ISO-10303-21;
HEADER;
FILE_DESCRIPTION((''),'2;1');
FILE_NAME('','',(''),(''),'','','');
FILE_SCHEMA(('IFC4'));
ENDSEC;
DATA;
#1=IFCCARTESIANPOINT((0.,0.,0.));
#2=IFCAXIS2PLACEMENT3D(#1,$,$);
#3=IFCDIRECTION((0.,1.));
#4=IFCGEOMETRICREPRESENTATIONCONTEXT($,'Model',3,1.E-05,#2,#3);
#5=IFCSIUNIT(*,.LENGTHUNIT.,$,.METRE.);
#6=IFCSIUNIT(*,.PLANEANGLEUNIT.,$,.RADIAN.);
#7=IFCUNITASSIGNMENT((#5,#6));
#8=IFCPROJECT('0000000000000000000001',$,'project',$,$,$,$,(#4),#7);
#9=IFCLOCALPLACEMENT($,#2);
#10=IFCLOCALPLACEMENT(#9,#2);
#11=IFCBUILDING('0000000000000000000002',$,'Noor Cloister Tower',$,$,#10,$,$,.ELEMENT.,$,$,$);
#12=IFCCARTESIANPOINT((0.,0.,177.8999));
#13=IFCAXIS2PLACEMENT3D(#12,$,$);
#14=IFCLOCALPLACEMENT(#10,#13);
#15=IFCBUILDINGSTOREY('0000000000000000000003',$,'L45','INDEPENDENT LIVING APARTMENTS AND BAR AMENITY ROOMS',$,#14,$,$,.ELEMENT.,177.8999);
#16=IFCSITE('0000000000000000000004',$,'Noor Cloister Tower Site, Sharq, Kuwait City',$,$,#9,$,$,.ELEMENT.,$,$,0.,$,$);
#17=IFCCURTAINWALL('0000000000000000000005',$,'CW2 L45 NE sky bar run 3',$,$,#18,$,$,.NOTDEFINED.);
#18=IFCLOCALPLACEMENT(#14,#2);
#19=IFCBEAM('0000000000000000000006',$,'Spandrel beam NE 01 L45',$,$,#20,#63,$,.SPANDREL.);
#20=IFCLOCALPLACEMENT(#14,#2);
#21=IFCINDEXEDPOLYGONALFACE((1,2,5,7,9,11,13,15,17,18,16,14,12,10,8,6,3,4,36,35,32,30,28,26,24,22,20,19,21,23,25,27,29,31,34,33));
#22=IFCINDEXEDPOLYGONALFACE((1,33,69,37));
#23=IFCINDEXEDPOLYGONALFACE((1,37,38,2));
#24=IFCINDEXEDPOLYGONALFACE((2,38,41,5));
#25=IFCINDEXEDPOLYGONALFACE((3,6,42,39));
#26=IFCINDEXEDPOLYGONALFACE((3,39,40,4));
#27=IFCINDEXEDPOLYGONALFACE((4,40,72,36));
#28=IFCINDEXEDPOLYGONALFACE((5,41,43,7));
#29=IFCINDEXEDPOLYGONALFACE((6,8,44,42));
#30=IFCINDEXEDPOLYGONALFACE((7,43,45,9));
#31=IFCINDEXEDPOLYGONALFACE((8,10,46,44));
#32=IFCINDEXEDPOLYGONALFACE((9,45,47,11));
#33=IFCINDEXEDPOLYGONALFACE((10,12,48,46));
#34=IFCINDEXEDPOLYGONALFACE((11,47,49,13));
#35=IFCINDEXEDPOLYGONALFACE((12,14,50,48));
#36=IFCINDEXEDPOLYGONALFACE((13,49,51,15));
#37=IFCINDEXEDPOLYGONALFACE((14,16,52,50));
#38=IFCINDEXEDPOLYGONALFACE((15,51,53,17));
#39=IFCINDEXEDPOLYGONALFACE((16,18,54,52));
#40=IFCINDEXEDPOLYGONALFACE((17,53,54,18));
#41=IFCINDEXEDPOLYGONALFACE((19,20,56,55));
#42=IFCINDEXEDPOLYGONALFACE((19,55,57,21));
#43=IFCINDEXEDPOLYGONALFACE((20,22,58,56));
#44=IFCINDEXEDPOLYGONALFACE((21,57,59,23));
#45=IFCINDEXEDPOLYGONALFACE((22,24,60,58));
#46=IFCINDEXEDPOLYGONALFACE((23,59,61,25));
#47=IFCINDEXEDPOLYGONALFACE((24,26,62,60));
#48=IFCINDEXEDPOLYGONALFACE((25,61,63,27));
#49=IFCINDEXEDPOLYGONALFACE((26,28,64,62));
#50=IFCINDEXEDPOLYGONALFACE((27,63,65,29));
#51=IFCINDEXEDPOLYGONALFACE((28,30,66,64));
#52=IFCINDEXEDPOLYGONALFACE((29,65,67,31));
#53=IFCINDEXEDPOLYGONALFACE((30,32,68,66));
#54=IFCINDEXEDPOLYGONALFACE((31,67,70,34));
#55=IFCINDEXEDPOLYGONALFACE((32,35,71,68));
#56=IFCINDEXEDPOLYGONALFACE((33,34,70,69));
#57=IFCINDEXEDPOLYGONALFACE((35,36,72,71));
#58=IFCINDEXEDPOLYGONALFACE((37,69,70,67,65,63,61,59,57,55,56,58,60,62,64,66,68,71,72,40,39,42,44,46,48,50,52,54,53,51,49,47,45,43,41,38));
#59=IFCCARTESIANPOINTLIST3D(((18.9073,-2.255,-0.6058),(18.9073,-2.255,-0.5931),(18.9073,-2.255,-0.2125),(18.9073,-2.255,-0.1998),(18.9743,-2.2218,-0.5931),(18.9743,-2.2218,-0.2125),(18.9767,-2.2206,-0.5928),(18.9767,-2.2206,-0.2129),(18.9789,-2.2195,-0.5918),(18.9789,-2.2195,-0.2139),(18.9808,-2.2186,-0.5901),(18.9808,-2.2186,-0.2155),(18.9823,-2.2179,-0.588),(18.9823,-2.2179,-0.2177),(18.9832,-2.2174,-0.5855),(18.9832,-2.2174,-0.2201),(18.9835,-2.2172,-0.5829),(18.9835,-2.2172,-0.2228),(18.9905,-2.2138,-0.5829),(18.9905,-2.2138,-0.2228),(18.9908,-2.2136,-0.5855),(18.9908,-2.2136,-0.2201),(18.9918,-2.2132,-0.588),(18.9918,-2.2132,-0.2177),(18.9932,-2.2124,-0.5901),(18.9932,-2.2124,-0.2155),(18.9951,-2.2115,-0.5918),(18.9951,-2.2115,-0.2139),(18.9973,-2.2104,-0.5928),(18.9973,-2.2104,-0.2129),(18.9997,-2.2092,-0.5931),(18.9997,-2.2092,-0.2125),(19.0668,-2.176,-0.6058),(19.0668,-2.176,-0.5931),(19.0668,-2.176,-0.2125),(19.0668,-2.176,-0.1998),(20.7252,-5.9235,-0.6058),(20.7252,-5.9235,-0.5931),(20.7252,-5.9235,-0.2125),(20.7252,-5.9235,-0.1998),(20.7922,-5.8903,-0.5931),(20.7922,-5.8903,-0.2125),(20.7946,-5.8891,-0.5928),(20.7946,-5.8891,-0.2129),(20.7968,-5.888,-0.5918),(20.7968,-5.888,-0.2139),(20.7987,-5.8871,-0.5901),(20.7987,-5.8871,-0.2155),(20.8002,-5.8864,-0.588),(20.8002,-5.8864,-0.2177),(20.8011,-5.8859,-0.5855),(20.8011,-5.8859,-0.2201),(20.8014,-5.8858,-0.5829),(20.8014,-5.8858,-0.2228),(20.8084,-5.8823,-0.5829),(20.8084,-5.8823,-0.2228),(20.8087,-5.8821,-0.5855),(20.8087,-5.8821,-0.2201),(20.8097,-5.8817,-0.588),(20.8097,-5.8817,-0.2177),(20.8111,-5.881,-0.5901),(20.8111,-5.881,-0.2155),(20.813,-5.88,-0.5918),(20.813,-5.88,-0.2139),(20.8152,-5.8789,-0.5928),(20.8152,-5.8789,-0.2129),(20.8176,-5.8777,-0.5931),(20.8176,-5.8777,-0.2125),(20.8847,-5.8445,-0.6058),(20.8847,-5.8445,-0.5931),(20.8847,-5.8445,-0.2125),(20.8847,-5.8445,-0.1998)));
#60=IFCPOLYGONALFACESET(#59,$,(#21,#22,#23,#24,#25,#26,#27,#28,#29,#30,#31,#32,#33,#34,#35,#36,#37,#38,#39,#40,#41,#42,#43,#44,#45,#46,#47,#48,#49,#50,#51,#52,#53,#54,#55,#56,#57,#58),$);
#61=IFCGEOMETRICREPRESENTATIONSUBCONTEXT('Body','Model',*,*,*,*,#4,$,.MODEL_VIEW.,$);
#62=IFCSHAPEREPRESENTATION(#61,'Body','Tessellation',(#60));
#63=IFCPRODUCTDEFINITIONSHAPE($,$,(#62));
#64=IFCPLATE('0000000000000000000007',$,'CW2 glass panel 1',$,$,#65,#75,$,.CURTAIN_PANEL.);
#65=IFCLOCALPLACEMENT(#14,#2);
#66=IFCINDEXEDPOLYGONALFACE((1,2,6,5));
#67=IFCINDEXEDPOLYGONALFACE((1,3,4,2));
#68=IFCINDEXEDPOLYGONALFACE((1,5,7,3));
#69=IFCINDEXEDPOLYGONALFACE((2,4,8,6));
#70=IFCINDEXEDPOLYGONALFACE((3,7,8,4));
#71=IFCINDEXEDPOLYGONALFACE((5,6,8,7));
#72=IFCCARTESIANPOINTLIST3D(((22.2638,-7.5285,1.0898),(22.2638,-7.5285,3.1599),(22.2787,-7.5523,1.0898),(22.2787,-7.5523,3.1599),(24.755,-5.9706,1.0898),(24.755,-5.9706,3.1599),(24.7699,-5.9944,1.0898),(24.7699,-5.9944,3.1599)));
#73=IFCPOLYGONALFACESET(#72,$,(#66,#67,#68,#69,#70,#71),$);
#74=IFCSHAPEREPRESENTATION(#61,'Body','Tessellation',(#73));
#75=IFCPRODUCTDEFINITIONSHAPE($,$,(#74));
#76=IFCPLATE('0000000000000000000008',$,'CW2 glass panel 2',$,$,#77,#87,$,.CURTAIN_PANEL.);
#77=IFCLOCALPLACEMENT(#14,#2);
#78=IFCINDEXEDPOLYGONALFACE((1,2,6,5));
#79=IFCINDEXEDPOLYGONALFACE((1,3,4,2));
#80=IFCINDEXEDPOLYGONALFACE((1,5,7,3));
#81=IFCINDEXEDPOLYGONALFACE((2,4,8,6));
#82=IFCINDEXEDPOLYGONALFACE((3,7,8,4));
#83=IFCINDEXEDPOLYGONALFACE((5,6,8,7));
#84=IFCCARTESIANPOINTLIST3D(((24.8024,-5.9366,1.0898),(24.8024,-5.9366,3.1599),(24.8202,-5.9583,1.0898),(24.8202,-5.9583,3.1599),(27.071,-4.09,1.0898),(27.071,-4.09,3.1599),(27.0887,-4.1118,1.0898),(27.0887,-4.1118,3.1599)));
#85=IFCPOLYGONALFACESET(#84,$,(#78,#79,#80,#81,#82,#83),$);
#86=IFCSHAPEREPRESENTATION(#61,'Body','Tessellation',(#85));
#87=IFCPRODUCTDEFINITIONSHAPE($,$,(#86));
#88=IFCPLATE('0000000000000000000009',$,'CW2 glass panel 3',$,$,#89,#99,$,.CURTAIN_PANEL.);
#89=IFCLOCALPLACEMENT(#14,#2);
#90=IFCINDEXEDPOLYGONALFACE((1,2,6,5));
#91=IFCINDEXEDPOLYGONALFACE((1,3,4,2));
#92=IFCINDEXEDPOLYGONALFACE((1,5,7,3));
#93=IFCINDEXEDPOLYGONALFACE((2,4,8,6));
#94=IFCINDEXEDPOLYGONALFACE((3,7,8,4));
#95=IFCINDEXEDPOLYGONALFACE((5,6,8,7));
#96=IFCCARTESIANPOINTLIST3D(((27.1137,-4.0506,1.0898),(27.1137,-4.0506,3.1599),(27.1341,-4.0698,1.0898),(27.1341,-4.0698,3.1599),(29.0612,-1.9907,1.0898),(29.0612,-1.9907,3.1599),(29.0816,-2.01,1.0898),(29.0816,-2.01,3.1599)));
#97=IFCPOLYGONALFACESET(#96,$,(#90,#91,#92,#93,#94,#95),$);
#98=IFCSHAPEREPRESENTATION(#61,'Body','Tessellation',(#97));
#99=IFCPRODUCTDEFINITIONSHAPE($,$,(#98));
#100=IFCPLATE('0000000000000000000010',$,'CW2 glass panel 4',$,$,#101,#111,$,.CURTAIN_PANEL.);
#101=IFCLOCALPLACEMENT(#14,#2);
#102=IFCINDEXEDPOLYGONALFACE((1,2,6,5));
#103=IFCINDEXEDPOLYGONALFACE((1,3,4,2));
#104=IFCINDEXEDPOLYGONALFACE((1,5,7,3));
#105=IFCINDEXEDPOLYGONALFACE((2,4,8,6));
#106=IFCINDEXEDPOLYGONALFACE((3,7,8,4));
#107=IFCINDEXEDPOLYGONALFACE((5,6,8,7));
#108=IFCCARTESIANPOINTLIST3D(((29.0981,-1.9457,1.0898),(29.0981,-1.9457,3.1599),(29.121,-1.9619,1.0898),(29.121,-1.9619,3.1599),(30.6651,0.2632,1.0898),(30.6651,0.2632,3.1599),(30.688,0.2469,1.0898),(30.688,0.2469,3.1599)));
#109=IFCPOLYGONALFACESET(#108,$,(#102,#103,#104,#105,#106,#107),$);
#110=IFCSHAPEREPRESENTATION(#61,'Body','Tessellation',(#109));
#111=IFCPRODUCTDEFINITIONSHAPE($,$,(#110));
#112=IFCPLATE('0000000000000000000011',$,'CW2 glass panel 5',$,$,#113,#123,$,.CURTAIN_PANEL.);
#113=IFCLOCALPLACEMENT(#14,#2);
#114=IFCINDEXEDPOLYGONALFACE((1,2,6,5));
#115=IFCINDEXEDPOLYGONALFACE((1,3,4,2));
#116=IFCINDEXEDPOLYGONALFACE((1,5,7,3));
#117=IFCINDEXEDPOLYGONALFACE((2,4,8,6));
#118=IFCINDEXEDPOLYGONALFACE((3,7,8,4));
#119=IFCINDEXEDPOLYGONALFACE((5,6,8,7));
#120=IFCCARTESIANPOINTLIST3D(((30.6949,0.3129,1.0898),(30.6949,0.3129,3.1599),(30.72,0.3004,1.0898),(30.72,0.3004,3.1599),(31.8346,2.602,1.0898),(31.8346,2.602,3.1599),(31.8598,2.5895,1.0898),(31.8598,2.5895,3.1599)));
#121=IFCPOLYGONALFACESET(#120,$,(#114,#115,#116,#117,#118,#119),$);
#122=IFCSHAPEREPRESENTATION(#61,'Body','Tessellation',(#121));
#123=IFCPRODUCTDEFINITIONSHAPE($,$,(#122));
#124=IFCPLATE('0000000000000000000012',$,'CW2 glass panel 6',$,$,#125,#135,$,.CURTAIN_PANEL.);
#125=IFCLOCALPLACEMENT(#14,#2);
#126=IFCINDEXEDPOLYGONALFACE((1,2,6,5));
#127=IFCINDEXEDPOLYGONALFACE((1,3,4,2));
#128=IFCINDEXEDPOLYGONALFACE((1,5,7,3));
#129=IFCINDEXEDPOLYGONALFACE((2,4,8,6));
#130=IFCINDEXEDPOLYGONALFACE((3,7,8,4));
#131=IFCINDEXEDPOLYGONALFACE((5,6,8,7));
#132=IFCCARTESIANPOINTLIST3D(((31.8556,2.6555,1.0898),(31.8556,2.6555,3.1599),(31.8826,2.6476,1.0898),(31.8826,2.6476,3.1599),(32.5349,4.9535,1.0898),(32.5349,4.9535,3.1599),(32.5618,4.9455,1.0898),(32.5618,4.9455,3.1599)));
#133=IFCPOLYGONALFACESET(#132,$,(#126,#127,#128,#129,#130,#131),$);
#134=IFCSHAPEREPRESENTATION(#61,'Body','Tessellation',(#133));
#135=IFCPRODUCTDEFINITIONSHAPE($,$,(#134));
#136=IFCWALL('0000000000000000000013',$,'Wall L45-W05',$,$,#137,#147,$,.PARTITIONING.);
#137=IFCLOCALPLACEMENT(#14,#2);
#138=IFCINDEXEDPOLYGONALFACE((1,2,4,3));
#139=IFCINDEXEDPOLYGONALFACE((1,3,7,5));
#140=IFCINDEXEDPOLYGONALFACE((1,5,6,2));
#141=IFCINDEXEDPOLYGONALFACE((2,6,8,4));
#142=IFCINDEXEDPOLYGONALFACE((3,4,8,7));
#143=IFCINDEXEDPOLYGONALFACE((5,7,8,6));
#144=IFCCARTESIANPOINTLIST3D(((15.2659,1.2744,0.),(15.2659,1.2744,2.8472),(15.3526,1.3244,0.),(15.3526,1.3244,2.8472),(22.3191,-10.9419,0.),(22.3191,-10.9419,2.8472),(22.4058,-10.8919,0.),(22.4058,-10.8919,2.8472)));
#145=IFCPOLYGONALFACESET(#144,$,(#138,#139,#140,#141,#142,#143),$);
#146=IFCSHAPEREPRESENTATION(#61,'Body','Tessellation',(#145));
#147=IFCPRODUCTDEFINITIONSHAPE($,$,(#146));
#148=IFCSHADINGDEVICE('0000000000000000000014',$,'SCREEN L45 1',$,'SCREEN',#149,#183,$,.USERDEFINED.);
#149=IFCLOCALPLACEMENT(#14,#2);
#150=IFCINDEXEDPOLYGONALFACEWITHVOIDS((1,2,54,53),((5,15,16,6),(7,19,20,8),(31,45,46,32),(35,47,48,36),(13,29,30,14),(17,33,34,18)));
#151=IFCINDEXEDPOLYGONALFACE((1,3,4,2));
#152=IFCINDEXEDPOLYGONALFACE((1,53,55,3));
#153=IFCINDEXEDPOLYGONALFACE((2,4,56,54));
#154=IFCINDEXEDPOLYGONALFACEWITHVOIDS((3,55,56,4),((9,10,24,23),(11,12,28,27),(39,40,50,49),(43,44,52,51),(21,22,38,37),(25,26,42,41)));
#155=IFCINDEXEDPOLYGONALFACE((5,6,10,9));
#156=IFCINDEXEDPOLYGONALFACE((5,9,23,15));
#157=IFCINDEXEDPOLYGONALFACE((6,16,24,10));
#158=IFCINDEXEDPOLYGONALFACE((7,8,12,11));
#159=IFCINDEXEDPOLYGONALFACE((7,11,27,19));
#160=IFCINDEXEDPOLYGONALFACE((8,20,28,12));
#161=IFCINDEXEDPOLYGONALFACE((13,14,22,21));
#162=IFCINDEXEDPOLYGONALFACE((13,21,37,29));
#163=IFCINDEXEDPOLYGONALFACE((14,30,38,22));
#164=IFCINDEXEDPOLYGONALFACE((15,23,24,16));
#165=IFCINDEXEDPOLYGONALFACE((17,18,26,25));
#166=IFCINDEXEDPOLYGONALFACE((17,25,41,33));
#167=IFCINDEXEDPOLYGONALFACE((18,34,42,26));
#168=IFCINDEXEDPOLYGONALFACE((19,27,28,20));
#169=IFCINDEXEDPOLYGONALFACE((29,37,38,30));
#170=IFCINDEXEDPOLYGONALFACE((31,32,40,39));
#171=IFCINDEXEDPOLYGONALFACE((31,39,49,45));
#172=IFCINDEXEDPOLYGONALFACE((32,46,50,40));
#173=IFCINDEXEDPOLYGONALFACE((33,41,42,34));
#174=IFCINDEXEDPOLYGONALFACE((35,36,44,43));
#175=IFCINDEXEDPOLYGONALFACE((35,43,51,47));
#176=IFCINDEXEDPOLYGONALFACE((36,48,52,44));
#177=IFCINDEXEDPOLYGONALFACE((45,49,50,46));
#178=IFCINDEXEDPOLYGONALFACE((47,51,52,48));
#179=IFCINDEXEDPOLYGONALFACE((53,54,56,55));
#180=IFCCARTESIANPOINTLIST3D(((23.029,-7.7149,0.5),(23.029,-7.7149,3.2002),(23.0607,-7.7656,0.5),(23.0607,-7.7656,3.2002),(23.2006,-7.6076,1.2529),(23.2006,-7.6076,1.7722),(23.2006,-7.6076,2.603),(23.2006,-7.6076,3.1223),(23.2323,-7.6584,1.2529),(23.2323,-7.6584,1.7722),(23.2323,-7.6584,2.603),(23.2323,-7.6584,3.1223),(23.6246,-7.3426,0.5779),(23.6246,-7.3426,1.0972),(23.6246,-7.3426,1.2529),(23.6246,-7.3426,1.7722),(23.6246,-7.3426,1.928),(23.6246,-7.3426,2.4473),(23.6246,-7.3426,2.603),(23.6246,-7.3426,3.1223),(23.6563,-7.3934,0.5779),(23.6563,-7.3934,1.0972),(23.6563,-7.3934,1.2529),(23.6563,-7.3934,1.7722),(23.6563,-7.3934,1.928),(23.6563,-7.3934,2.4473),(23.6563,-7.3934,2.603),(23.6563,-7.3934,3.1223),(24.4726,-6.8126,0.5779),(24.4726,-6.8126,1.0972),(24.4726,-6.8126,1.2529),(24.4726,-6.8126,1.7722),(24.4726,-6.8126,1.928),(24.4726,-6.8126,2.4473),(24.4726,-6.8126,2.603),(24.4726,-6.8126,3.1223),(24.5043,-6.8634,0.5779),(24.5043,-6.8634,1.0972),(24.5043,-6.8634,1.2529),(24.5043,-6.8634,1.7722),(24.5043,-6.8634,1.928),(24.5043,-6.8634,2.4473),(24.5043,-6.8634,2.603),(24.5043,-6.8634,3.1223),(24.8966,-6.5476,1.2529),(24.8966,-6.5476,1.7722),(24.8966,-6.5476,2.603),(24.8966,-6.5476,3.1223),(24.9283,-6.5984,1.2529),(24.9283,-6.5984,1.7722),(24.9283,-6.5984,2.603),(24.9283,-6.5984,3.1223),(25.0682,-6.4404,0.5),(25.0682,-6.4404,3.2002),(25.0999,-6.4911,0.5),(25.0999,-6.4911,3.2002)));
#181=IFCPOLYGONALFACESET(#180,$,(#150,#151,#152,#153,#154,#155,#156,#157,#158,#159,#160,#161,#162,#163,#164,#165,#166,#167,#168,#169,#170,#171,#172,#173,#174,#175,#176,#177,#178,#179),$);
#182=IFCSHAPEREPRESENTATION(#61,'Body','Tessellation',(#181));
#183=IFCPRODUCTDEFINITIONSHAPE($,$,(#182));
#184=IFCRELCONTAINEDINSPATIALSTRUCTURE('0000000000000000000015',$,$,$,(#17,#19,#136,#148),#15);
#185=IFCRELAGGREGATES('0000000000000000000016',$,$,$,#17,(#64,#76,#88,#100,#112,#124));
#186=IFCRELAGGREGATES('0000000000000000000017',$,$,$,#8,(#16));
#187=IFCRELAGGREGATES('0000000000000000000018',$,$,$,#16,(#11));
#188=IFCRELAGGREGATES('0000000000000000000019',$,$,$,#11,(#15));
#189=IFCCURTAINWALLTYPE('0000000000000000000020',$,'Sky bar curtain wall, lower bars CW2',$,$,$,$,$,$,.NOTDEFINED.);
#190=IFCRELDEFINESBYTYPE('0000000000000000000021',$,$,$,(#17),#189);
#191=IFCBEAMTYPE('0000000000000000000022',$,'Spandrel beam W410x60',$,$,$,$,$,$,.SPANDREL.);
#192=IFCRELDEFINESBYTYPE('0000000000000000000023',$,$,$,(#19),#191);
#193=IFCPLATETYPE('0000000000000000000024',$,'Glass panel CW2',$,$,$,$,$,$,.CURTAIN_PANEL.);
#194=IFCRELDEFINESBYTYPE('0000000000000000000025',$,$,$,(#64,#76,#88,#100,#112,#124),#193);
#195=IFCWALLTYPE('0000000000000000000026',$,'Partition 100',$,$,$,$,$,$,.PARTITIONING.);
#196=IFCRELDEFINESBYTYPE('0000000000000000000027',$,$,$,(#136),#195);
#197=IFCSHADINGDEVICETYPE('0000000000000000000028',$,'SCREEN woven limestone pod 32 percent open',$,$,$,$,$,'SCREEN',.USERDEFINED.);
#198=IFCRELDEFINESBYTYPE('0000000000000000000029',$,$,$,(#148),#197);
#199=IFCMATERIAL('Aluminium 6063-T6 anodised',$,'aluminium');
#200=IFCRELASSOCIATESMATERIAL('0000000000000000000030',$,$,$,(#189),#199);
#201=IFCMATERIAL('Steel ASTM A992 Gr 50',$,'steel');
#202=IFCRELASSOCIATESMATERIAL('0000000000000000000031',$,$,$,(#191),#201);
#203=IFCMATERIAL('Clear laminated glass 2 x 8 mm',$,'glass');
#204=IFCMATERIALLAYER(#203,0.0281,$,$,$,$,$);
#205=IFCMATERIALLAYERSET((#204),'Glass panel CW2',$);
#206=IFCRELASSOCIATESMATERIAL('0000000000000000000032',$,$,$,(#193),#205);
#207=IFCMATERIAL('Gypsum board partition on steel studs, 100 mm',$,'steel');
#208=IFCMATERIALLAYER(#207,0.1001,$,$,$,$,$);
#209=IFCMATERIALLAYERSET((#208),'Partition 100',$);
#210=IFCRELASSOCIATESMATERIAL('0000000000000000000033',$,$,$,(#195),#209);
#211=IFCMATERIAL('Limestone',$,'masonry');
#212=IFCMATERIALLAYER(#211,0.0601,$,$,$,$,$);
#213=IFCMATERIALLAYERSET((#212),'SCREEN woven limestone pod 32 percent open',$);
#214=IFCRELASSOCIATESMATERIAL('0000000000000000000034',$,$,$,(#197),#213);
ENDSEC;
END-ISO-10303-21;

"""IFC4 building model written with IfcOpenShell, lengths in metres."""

from ifc_helpers import new_model, si_unit, direction, frame, frame_2d, origin, origin_2d, place, context, subcontext, project, spatial, polyline, rectangle, i_section, outline, extrude, material, layer, layer_set, material_profile, profile_set, type_object, element, aggregate, save


model = new_model("IFC4")

# Units and contexts
model_context = context("Model", 3, precision=1e-05, world=origin(), true_north=direction((0.0, 1.0)))
body_context = subcontext(model_context, "Body", "Model", "MODEL_VIEW")
ifc_project = project(units=[si_unit("LENGTHUNIT", "METRE"), si_unit("PLANEANGLEUNIT", "RADIAN")], contexts=[model_context])

# Site, building, storey
site_placement = place(None, origin())
site = spatial("IfcSite", under=ifc_project, at=site_placement, Name="Noor Cloister Tower Site, Sharq, Kuwait City", CompositionType="ELEMENT", RefElevation=0.0)
building_placement = place(site_placement, origin())
building = spatial("IfcBuilding", under=site, at=building_placement, Name="Noor Cloister Tower", CompositionType="ELEMENT")
storey_placement = place(building_placement, frame((0.0, 0.0, 177.8999)))
storey = spatial("IfcBuildingStorey", under=building, at=storey_placement, Name="L45", Description="INDEPENDENT LIVING APARTMENTS AND BAR AMENITY ROOMS", CompositionType="ELEMENT", Elevation=177.8999)

# Curtain wall
ifc_material_1 = material(Name="Aluminium 6063-T6 anodised", Category="aluminium")
curtain_wall_type = type_object("IfcCurtainWallType", Name="Sky bar curtain wall, lower bars CW2", PredefinedType="NOTDEFINED", material=ifc_material_1)
curtain_wall_placement = place(storey_placement, origin())
curtain_wall = element("IfcCurtainWall", 1, at=curtain_wall_placement, inside=storey, type_object=curtain_wall_type, Name="CW2 L45 NE sky bar run 3", PredefinedType="NOTDEFINED")

# Beam
ifc_material_2 = material(Name="Steel ASTM A992 Gr 50", Category="steel")
ifc_material_profile_1 = material_profile(ifc_material_2, i_section(OverallWidth=0.178, OverallDepth=0.406, WebThickness=0.0078, FlangeThickness=0.0127, FilletRadius=0.0103, at=origin_2d()), Name="W410x60")
ifc_profile_set_1 = profile_set([ifc_material_profile_1], Name="Steel ASTM A992 Gr 50")
beam_type_1 = type_object("IfcBeamType", Name="Spandrel beam W410x60", PredefinedType="SPANDREL", material=ifc_profile_set_1)
beam_1_placement = place(storey_placement, frame((20.8049, -5.884, -0.4028), z_axis=(-0.444015, 0.89602, 0.0), x_axis=(-0.89602, -0.444015, 0.0)))
element("IfcBeam", 2, at=beam_1_placement, inside=storey, type_object=beam_type_1, Name="Spandrel beam NE 01 L45", PredefinedType="SPANDREL", context=body_context, shape_type="SweptSolid", body=[
    extrude(i_section(OverallWidth=0.178, OverallDepth=0.406, WebThickness=0.0078, FlangeThickness=0.0127, FilletRadius=0.0103, at=origin_2d()), origin(), (0.0, 0.0, 1.0), 4.0942),
])

# Plates
ifc_material_3 = material(Name="Clear laminated glass 2 x 8 mm", Category="glass")
ifc_layer_1 = layer(ifc_material_3, 0.0281)
ifc_layer_set_1 = layer_set([ifc_layer_1], Name="Glass panel CW2")
plate_type = type_object("IfcPlateType", Name="Glass panel CW2", PredefinedType="CURTAIN_PANEL", material=ifc_layer_set_1)
plate_1_placement = place(storey_placement, frame((23.5168, -6.7615, 1.0898), z_axis=(0.0, 0.0, 1.0), x_axis=(0.847867, 0.530209, 0.0)))
plate_1 = element("IfcPlate", 3, at=plate_1_placement, type_object=plate_type, Name="CW2 glass panel 1", PredefinedType="CURTAIN_PANEL", context=body_context, shape_type="SweptSolid", body=[
    extrude(rectangle(XDim=2.9382, YDim=0.0281, at=origin_2d()), origin(), (0.0, 0.0, 1.0), 2.0701),
])
plate_2_placement = place(storey_placement, frame((25.9456, -5.0242, 1.0898), z_axis=(0.0, 0.0, 1.0), x_axis=(0.775547, 0.63129, 0.0)))
plate_2 = element("IfcPlate", 4, at=plate_2_placement, type_object=plate_type, Name="CW2 glass panel 2", PredefinedType="CURTAIN_PANEL", context=body_context, shape_type="SweptSolid", body=[
    extrude(rectangle(XDim=2.925, YDim=0.0281, at=origin_2d()), origin(), (0.0, 0.0, 1.0), 2.0701),
])
plate_3_placement = place(storey_placement, frame((28.0977, -3.0303, 1.0898), z_axis=(0.0, 0.0, 1.0), x_axis=(0.687007, 0.726651, 0.0)))
plate_3 = element("IfcPlate", 5, at=plate_3_placement, type_object=plate_type, Name="CW2 glass panel 3", PredefinedType="CURTAIN_PANEL", context=body_context, shape_type="SweptSolid", body=[
    extrude(rectangle(XDim=2.8347, YDim=0.0281, at=origin_2d()), origin(), (0.0, 0.0, 1.0), 2.0701),
])
plate_4_placement = place(storey_placement, frame((29.8931, -0.8494, 1.0898), z_axis=(0.0, 0.0, 1.0), x_axis=(0.578621, 0.815597, 0.0)))
plate_4 = element("IfcPlate", 6, at=plate_4_placement, type_object=plate_type, Name="CW2 glass panel 4", PredefinedType="CURTAIN_PANEL", context=body_context, shape_type="SweptSolid", body=[
    extrude(rectangle(XDim=2.7083, YDim=0.0281, at=origin_2d()), origin(), (0.0, 0.0, 1.0), 2.0701),
])
plate_5_placement = place(storey_placement, frame((31.2773, 1.4512, 1.0898), z_axis=(0.0, 0.0, 1.0), x_axis=(0.445709, 0.895178, 0.0)))
plate_5 = element("IfcPlate", 7, at=plate_5_placement, type_object=plate_type, Name="CW2 glass panel 5", PredefinedType="CURTAIN_PANEL", context=body_context, shape_type="SweptSolid", body=[
    extrude(rectangle(XDim=2.5571, YDim=0.0281, at=origin_2d()), origin(), (0.0, 0.0, 1.0), 2.0701),
])
plate_6_placement = place(storey_placement, frame((32.2087, 3.8005, 1.0898), z_axis=(0.0, 0.0, 1.0), x_axis=(0.283471, 0.958981, 0.0)))
plate_6 = element("IfcPlate", 8, at=plate_6_placement, type_object=plate_type, Name="CW2 glass panel 6", PredefinedType="CURTAIN_PANEL", context=body_context, shape_type="SweptSolid", body=[
    extrude(rectangle(XDim=2.3962, YDim=0.0281, at=origin_2d()), origin(), (0.0, 0.0, 1.0), 2.0701),
])
aggregate(curtain_wall, [plate_1, plate_2, plate_3, plate_4, plate_5, plate_6])

# Wall
ifc_material_4 = material(Name="Gypsum board partition on steel studs, 100 mm", Category="steel")
ifc_layer_2 = layer(ifc_material_4, 0.1001)
ifc_layer_set_2 = layer_set([ifc_layer_2], Name="Partition 100")
wall_type = type_object("IfcWallType", Name="Partition 100", PredefinedType="PARTITIONING", material=ifc_layer_set_2)
wall_placement = place(storey_placement, frame((22.3625, -10.917, 0.0), z_axis=(0.0, 0.0, 1.0), x_axis=(-0.500007, 0.866021, 0.0)))
element("IfcWall", 9, at=wall_placement, inside=storey, type_object=wall_type, Name="Wall L45-W05", PredefinedType="PARTITIONING", context=body_context, shape_type="SweptSolid", body=[
    extrude(rectangle(XDim=14.1062, YDim=0.1001, at=frame_2d((7.0532, 0.0))), origin(), (0.0, 0.0, 1.0), 2.8472),
])

# Shading device
ifc_material_5 = material(Name="Limestone", Category="masonry")
ifc_layer_3 = layer(ifc_material_5, 0.0601)
ifc_layer_set_3 = layer_set([ifc_layer_3], Name="SCREEN woven limestone pod 32 percent open")
shading_device_type = type_object("IfcShadingDeviceType", Name="SCREEN woven limestone pod 32 percent open", ElementType="SCREEN", PredefinedType="USERDEFINED", material=ifc_layer_set_3)
shading_device_1_placement = place(storey_placement, frame((24.0486, -7.0776, 1.8501), z_axis=(0.529999, -0.847998, 0.0), x_axis=(0.847998, 0.529999, 0.0)))
element("IfcShadingDevice", 10, at=shading_device_1_placement, inside=storey, type_object=shading_device_type, Name="SCREEN L45 1", ObjectType="SCREEN", PredefinedType="USERDEFINED", context=body_context, shape_type="SweptSolid", body=[
    extrude(outline(polyline([(-1.2024, -1.3501), (1.2024, -1.3501), (1.2024, 1.3501), (-1.2024, 1.3501), (-1.2024, -1.3501)]), holes=[polyline([(-0.5, -1.2722), (0.5, -1.2722), (0.5, -0.7529), (-0.5, -0.7529), (-0.5, -1.2722)]), polyline([(-1.0, -0.5972), (-0.5, -0.5972), (-0.5, -0.0779), (-1.0, -0.0779), (-1.0, -0.5972)]), polyline([(0.5, -0.5972), (1.0, -0.5972), (1.0, -0.0779), (0.5, -0.0779), (0.5, -0.5972)]), polyline([(-0.5, 0.0779), (0.5, 0.0779), (0.5, 0.5972), (-0.5, 0.5972), (-0.5, 0.0779)]), polyline([(-1.0, 0.7529), (-0.5, 0.7529), (-0.5, 1.2722), (-1.0, 1.2722), (-1.0, 0.7529)]), polyline([(0.5, 0.7529), (1.0, 0.7529), (1.0, 1.2722), (0.5, 1.2722), (0.5, 0.7529)])]), origin(), (0.0, 0.0, 1.0), 0.0598),
])

save(model, "model.ifc")
